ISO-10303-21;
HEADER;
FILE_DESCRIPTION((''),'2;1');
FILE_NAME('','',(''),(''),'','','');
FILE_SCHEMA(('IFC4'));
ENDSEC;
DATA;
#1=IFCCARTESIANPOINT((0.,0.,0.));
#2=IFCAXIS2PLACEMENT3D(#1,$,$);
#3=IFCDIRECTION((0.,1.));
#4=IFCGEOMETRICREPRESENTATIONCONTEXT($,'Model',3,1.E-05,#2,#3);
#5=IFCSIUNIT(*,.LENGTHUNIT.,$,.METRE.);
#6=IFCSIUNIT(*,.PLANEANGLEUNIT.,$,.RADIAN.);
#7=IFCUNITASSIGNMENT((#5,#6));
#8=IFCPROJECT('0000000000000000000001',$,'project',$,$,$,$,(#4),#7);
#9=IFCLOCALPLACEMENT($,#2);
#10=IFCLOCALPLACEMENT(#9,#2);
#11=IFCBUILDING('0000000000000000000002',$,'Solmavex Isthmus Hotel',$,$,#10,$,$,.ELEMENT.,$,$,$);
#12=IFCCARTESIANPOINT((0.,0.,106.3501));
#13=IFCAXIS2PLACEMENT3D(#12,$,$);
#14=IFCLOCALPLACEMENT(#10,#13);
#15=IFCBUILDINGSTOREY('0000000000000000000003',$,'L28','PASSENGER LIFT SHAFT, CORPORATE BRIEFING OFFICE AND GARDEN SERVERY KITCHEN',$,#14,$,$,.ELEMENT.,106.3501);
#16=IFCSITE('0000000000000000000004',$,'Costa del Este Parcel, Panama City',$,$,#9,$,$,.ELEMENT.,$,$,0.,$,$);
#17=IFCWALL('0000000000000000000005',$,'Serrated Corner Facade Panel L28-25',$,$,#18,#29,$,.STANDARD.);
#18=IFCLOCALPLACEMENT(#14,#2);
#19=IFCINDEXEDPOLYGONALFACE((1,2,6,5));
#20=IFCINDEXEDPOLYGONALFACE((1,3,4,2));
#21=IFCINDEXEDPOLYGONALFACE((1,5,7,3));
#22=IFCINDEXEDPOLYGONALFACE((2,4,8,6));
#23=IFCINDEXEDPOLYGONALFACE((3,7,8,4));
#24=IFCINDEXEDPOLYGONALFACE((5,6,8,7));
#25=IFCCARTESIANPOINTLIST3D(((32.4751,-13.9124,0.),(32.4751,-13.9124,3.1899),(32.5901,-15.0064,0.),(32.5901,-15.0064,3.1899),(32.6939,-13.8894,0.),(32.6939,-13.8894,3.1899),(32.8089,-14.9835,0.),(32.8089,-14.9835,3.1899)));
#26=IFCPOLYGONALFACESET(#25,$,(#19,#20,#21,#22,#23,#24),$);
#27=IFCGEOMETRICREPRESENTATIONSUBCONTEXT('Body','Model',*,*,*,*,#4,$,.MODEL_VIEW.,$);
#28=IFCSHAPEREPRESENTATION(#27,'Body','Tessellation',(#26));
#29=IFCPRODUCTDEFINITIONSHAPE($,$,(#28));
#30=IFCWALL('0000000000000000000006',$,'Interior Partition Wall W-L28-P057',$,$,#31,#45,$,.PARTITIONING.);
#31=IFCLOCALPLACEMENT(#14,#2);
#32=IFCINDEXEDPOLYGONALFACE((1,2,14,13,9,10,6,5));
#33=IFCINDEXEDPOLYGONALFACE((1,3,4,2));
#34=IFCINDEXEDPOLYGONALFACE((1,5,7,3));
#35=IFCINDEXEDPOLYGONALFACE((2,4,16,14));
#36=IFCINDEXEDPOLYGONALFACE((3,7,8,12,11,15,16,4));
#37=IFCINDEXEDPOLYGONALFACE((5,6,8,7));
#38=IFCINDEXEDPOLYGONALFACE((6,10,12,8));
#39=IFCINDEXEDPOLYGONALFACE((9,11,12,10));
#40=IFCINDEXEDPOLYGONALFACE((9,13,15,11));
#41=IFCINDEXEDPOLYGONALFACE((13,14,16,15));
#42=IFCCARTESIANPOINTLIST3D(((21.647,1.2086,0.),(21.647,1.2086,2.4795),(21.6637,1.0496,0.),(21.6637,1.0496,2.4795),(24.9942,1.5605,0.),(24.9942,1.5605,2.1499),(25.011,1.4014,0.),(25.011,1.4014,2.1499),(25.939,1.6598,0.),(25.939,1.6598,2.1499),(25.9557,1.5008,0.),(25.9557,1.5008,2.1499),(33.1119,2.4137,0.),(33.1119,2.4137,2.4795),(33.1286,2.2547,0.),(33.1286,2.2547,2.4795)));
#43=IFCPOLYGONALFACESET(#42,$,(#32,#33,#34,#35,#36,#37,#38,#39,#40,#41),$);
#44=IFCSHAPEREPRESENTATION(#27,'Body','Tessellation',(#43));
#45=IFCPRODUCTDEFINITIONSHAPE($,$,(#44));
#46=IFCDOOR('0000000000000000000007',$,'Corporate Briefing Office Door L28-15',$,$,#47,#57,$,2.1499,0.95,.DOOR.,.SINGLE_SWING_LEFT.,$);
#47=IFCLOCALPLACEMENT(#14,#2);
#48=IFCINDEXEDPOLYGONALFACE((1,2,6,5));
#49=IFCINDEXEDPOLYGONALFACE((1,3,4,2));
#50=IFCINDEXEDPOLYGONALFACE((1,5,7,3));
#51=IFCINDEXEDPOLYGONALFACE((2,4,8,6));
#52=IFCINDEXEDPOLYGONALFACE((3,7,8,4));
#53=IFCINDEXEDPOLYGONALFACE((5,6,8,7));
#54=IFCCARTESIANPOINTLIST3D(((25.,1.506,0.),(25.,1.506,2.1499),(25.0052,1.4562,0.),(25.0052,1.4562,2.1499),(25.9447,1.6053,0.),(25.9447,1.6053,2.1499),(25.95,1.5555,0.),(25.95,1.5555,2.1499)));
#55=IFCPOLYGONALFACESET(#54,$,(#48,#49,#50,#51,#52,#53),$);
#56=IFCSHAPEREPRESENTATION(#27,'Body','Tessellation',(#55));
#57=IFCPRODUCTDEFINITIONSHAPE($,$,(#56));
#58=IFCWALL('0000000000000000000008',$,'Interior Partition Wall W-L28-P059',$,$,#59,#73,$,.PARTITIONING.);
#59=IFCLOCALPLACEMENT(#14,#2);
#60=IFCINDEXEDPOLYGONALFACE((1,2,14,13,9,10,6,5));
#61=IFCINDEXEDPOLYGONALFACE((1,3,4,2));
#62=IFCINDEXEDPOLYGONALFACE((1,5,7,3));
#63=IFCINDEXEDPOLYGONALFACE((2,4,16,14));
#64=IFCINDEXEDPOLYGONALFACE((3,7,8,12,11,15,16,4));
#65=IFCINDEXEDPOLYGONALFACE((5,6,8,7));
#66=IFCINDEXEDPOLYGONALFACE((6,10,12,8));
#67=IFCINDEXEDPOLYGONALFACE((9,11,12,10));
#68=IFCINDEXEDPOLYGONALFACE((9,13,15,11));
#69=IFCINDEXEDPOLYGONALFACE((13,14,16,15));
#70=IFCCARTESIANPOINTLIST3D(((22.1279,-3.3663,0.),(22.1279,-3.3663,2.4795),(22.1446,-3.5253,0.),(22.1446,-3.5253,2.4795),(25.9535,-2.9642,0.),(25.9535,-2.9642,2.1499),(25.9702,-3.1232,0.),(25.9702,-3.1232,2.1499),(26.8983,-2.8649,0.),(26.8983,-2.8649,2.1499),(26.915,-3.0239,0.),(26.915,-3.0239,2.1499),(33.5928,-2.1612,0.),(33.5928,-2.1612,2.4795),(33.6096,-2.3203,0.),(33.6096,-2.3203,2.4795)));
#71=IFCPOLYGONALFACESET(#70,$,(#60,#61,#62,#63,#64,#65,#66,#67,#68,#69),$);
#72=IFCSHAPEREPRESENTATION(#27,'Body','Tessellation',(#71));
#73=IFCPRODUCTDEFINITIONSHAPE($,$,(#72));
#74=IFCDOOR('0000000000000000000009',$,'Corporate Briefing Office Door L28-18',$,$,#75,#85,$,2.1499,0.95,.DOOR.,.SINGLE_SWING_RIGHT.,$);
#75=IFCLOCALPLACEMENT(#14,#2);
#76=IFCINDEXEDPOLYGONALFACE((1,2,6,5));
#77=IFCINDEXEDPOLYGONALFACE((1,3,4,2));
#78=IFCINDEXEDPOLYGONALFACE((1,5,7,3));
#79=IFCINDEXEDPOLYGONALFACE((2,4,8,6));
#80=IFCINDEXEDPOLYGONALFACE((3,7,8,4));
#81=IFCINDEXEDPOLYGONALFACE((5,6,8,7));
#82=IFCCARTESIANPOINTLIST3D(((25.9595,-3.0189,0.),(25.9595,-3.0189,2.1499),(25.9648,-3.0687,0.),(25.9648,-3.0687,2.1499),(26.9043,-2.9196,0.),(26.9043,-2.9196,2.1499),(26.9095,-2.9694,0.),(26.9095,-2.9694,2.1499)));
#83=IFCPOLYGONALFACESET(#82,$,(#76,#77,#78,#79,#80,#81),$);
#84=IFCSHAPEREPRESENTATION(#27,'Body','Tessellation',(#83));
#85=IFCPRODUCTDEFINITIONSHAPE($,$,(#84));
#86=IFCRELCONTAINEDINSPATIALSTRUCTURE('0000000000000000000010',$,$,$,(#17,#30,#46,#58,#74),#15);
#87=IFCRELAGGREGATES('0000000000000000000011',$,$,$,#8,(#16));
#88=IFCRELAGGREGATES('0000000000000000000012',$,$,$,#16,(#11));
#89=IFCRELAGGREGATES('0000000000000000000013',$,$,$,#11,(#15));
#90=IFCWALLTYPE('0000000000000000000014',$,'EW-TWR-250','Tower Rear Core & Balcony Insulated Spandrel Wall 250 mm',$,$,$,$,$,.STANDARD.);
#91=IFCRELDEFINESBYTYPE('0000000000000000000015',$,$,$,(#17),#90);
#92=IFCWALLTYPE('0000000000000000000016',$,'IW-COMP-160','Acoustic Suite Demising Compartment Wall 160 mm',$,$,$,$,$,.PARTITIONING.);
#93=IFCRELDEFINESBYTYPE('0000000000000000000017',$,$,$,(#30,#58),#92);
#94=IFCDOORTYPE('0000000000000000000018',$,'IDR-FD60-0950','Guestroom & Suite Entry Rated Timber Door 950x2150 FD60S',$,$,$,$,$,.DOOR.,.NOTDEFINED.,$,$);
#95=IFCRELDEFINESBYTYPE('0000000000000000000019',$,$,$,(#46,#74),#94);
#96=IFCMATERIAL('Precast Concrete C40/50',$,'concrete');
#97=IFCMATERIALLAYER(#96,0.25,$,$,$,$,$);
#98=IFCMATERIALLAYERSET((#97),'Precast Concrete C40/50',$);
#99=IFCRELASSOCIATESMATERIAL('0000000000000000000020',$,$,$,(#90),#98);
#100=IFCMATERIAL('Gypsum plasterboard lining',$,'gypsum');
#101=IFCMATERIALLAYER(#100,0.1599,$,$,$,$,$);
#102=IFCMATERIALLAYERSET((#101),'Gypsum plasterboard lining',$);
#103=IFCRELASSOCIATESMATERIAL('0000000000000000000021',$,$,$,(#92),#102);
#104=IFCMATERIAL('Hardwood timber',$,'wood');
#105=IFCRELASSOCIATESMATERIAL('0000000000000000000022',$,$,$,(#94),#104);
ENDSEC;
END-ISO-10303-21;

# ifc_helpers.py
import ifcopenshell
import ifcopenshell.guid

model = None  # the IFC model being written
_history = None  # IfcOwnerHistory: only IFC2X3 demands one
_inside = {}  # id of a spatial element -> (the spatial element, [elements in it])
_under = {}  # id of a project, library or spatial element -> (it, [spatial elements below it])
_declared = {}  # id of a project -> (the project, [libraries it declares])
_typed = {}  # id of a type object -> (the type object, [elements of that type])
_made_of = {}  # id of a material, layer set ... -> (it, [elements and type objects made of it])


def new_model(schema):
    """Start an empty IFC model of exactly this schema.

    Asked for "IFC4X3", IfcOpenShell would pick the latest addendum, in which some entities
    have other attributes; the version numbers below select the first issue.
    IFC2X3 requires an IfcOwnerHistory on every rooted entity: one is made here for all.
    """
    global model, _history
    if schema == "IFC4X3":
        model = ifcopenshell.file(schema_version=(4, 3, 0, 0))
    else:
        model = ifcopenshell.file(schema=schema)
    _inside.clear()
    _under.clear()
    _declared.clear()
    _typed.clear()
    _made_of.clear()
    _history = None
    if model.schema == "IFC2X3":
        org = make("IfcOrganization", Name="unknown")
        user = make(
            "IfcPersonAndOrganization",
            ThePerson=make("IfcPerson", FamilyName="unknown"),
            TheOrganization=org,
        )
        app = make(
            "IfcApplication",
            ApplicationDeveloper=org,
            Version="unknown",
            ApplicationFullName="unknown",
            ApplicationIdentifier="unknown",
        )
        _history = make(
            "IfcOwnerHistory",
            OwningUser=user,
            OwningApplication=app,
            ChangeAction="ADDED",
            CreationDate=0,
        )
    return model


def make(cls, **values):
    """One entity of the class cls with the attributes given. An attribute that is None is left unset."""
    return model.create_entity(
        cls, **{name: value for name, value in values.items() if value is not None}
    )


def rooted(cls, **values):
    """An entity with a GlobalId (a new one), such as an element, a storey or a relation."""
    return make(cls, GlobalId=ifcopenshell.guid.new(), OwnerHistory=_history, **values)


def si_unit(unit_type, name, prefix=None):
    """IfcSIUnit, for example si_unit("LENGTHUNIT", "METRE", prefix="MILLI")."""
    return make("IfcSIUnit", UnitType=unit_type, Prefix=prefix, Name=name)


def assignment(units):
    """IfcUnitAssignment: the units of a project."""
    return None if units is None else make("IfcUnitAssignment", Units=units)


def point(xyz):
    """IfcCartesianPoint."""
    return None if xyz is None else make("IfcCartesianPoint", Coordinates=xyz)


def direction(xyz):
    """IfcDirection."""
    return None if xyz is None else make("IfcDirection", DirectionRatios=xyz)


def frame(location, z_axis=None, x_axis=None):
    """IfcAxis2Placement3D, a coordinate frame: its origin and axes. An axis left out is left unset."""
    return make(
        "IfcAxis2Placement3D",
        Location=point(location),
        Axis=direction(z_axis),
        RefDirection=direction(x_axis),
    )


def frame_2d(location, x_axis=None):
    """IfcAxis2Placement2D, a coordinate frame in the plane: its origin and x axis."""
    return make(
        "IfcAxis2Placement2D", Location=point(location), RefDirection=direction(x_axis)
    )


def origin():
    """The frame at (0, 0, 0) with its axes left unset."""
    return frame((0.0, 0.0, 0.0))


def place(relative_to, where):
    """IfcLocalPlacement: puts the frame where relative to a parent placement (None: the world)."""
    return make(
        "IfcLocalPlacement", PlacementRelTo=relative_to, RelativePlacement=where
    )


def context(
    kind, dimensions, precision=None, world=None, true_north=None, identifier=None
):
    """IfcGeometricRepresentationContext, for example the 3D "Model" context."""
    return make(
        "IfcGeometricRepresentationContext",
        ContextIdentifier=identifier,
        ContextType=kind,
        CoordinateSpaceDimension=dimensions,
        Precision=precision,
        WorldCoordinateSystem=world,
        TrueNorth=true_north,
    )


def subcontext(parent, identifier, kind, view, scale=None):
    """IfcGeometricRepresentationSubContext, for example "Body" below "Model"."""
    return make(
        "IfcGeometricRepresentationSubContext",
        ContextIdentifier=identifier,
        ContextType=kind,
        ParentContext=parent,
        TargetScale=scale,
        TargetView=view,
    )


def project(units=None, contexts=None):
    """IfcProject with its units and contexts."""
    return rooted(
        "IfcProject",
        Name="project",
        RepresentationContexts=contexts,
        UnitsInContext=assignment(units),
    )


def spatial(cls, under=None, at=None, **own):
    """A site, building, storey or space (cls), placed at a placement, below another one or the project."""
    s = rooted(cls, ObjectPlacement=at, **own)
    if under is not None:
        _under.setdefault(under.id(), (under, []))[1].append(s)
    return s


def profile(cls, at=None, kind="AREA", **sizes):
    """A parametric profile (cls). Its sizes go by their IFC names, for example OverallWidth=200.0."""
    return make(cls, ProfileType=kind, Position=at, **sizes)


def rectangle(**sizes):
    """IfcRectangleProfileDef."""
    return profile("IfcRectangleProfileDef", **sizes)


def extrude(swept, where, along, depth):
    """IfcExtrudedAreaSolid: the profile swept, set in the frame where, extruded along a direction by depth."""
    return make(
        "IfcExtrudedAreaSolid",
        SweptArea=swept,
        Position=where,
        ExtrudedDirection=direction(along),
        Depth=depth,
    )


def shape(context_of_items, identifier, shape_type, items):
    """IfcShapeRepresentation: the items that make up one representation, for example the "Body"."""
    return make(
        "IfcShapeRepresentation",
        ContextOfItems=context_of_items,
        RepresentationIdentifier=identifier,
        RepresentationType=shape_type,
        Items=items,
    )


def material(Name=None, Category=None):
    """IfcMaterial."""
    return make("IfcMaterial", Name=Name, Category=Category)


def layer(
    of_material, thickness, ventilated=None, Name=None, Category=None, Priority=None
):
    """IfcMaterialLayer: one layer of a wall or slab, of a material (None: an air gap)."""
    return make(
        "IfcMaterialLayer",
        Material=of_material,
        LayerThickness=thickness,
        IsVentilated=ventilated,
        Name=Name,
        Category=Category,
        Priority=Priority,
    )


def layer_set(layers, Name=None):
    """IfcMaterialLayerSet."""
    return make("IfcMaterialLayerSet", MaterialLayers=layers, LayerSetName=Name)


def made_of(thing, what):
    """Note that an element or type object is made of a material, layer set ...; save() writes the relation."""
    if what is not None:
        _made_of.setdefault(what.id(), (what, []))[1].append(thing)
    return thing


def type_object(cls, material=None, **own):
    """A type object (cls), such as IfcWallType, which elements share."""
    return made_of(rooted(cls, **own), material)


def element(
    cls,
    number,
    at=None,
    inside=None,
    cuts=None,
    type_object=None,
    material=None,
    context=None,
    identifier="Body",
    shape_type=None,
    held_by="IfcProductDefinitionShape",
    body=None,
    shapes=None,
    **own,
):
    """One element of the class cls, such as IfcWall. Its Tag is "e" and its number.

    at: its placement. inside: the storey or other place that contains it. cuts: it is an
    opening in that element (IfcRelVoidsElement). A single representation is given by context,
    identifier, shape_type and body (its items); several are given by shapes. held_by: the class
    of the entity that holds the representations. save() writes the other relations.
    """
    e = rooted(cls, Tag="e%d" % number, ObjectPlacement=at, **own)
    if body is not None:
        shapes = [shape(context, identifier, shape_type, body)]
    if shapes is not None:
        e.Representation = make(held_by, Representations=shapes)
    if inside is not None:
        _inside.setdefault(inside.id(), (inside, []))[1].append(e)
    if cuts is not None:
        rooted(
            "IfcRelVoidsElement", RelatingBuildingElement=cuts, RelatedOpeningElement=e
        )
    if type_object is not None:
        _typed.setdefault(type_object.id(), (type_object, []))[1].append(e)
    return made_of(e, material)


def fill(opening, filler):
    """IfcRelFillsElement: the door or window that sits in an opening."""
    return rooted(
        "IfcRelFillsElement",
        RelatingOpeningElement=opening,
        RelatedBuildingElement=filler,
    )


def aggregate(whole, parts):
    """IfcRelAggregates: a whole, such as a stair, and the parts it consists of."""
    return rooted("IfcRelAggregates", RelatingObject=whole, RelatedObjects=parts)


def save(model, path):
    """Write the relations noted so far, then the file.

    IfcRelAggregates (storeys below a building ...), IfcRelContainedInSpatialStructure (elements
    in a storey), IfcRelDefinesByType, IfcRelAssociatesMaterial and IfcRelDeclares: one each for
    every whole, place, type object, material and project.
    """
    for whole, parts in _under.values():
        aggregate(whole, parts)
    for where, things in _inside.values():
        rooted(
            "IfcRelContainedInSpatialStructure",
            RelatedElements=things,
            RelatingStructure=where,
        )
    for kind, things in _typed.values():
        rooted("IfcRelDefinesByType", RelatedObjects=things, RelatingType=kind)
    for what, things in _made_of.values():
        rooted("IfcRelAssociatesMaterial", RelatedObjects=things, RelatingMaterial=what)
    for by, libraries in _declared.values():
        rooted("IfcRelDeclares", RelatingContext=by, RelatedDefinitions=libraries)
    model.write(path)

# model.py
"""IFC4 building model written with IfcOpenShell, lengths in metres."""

from ifc_helpers import new_model, si_unit, direction, frame, frame_2d, origin, place, context, subcontext, project, spatial, rectangle, extrude, material, layer, layer_set, type_object, element, fill, save


model = new_model("IFC4")

# Units and contexts
model_context = context("Model", 3, precision=1e-05, world=origin(), true_north=direction((0.0, 1.0)))
body_context = subcontext(model_context, "Body", "Model", "MODEL_VIEW")
ifc_project = project(units=[si_unit("LENGTHUNIT", "METRE"), si_unit("PLANEANGLEUNIT", "RADIAN")], contexts=[model_context])

# Site, building, storey
site_placement = place(None, origin())
site = spatial("IfcSite", under=ifc_project, at=site_placement, Name="Costa del Este Parcel, Panama City", CompositionType="ELEMENT", RefElevation=0.0)
building_placement = place(site_placement, origin())
building = spatial("IfcBuilding", under=site, at=building_placement, Name="Solmavex Isthmus Hotel", CompositionType="ELEMENT")
storey_placement = place(building_placement, frame((0.0, 0.0, 106.3501)))
storey = spatial("IfcBuildingStorey", under=building, at=storey_placement, Name="L28", Description="PASSENGER LIFT SHAFT, CORPORATE BRIEFING OFFICE AND GARDEN SERVERY KITCHEN", CompositionType="ELEMENT", Elevation=106.3501)

# Wall
ifc_material_1 = material(Name="Precast Concrete C40/50", Category="concrete")
ifc_layer_1 = layer(ifc_material_1, 0.25)
ifc_layer_set_1 = layer_set([ifc_layer_1], Name="Precast Concrete C40/50")
wall_type_1 = type_object("IfcWallType", Name="EW-TWR-250", Description="Tower Rear Core & Balcony Insulated Spandrel Wall 250 mm", PredefinedType="STANDARD", material=ifc_layer_set_1)
for number, where, z_axis, x_axis, name in (
    (1, (32.5845, -13.9009, 0.0), (0.0, 0.0, 1.0), (0.104535, -0.994521, 0.0), "Serrated Corner Facade Panel L28-25"),
):
    element("IfcWall", number, at=place(storey_placement, frame(where, z_axis=z_axis, x_axis=x_axis)), inside=storey, type_object=wall_type_1, Name=name, PredefinedType="STANDARD", context=body_context, shape_type="SweptSolid", body=[
        extrude(rectangle(XDim=1.1001, YDim=0.22, at=frame_2d((0.55, 0.0))), origin(), (0.0, 0.0, 1.0), 3.1899),
    ])

# Walls, openings, doors
ifc_material_2 = material(Name="Gypsum plasterboard lining", Category="gypsum")
ifc_layer_2 = layer(ifc_material_2, 0.1599)
ifc_layer_set_2 = layer_set([ifc_layer_2], Name="Gypsum plasterboard lining")
wall_type_2 = type_object("IfcWallType", Name="IW-COMP-160", Description="Acoustic Suite Demising Compartment Wall 160 mm", PredefinedType="PARTITIONING", material=ifc_layer_set_2)
wall_1_placement = place(storey_placement, frame((33.1204, 2.3342, 0.0), z_axis=(0.0, 0.0, 1.0), x_axis=(-0.994521, -0.104535, 0.0)))
wall_1 = element("IfcWall", 2, at=wall_1_placement, inside=storey, type_object=wall_type_2, Name="Interior Partition Wall W-L28-P057", PredefinedType="PARTITIONING", context=body_context, shape_type="SweptSolid", body=[
    extrude(rectangle(XDim=11.5281, YDim=0.1599, at=frame_2d((5.7642, 0.0))), origin(), (0.0, 0.0, 1.0), 2.4795),
])
opening_1_placement = place(wall_1_placement, frame((7.2124, 0.0, 0.0)))
opening_1 = element("IfcOpeningElement", 3, at=opening_1_placement, cuts=wall_1, PredefinedType="OPENING", context=body_context, shape_type="SweptSolid", body=[
    extrude(rectangle(XDim=0.95, YDim=2.1499, at=frame_2d((0.4751, 1.075))), frame((0.0, 0.0898, 0.0), z_axis=(0.0, -1.0, 0.0), x_axis=(1.0, 0.0, 0.0)), (0.0, 0.0, 1.0), 0.1799),
])
ifc_material_3 = material(Name="Hardwood timber", Category="wood")
door_type = type_object("IfcDoorType", Name="IDR-FD60-0950", Description="Guestroom & Suite Entry Rated Timber Door 950x2150 FD60S", OperationType="NOTDEFINED", PredefinedType="DOOR", material=ifc_material_3)
door_1_placement = place(opening_1_placement, origin())
door_1 = element("IfcDoor", 4, at=door_1_placement, inside=storey, type_object=door_type, Name="Corporate Briefing Office Door L28-15", OperationType="SINGLE_SWING_LEFT", OverallHeight=2.1499, OverallWidth=0.95, PredefinedType="DOOR", context=body_context, shape_type="SweptSolid", body=[
    extrude(rectangle(XDim=0.95, YDim=2.1499, at=frame_2d((0.4751, 1.075))), frame((0.0, 0.0249, 0.0), z_axis=(0.0, -1.0, 0.0), x_axis=(1.0, 0.0, 0.0)), (0.0, 0.0, 1.0), 0.05),
])
fill(opening_1, door_1)
wall_2_placement = place(storey_placement, frame((33.6013, -2.2407, 0.0), z_axis=(0.0, 0.0, 1.0), x_axis=(-0.994521, -0.104535, 0.0)))
wall_2 = element("IfcWall", 5, at=wall_2_placement, inside=storey, type_object=wall_type_2, Name="Interior Partition Wall W-L28-P059", PredefinedType="PARTITIONING", context=body_context, shape_type="SweptSolid", body=[
    extrude(rectangle(XDim=11.5281, YDim=0.1599, at=frame_2d((5.7642, 0.0))), origin(), (0.0, 0.0, 1.0), 2.4795),
])
opening_2_placement = place(wall_2_placement, frame((6.7314, 0.0, 0.0)))
opening_2 = element("IfcOpeningElement", 6, at=opening_2_placement, cuts=wall_2, PredefinedType="OPENING", context=body_context, shape_type="SweptSolid", body=[
    extrude(rectangle(XDim=0.95, YDim=2.1499, at=frame_2d((0.4751, 1.075))), frame((0.0, 0.0898, 0.0), z_axis=(0.0, -1.0, 0.0), x_axis=(1.0, 0.0, 0.0)), (0.0, 0.0, 1.0), 0.1799),
])
door_2_placement = place(opening_2_placement, frame((0.95, 0.0, 0.0), z_axis=(0.0, 0.0, 1.0), x_axis=(-1.0, 0.0, 0.0)))
door_2 = element("IfcDoor", 7, at=door_2_placement, inside=storey, type_object=door_type, Name="Corporate Briefing Office Door L28-18", OperationType="SINGLE_SWING_RIGHT", OverallHeight=2.1499, OverallWidth=0.95, PredefinedType="DOOR", context=body_context, shape_type="SweptSolid", body=[
    extrude(rectangle(XDim=0.95, YDim=2.1499, at=frame_2d((0.4751, 1.075))), frame((0.0, 0.0249, 0.0), z_axis=(0.0, -1.0, 0.0), x_axis=(1.0, 0.0, 0.0)), (0.0, 0.0, 1.0), 0.05),
])
fill(opening_2, door_2)

save(model, "model.ifc")
